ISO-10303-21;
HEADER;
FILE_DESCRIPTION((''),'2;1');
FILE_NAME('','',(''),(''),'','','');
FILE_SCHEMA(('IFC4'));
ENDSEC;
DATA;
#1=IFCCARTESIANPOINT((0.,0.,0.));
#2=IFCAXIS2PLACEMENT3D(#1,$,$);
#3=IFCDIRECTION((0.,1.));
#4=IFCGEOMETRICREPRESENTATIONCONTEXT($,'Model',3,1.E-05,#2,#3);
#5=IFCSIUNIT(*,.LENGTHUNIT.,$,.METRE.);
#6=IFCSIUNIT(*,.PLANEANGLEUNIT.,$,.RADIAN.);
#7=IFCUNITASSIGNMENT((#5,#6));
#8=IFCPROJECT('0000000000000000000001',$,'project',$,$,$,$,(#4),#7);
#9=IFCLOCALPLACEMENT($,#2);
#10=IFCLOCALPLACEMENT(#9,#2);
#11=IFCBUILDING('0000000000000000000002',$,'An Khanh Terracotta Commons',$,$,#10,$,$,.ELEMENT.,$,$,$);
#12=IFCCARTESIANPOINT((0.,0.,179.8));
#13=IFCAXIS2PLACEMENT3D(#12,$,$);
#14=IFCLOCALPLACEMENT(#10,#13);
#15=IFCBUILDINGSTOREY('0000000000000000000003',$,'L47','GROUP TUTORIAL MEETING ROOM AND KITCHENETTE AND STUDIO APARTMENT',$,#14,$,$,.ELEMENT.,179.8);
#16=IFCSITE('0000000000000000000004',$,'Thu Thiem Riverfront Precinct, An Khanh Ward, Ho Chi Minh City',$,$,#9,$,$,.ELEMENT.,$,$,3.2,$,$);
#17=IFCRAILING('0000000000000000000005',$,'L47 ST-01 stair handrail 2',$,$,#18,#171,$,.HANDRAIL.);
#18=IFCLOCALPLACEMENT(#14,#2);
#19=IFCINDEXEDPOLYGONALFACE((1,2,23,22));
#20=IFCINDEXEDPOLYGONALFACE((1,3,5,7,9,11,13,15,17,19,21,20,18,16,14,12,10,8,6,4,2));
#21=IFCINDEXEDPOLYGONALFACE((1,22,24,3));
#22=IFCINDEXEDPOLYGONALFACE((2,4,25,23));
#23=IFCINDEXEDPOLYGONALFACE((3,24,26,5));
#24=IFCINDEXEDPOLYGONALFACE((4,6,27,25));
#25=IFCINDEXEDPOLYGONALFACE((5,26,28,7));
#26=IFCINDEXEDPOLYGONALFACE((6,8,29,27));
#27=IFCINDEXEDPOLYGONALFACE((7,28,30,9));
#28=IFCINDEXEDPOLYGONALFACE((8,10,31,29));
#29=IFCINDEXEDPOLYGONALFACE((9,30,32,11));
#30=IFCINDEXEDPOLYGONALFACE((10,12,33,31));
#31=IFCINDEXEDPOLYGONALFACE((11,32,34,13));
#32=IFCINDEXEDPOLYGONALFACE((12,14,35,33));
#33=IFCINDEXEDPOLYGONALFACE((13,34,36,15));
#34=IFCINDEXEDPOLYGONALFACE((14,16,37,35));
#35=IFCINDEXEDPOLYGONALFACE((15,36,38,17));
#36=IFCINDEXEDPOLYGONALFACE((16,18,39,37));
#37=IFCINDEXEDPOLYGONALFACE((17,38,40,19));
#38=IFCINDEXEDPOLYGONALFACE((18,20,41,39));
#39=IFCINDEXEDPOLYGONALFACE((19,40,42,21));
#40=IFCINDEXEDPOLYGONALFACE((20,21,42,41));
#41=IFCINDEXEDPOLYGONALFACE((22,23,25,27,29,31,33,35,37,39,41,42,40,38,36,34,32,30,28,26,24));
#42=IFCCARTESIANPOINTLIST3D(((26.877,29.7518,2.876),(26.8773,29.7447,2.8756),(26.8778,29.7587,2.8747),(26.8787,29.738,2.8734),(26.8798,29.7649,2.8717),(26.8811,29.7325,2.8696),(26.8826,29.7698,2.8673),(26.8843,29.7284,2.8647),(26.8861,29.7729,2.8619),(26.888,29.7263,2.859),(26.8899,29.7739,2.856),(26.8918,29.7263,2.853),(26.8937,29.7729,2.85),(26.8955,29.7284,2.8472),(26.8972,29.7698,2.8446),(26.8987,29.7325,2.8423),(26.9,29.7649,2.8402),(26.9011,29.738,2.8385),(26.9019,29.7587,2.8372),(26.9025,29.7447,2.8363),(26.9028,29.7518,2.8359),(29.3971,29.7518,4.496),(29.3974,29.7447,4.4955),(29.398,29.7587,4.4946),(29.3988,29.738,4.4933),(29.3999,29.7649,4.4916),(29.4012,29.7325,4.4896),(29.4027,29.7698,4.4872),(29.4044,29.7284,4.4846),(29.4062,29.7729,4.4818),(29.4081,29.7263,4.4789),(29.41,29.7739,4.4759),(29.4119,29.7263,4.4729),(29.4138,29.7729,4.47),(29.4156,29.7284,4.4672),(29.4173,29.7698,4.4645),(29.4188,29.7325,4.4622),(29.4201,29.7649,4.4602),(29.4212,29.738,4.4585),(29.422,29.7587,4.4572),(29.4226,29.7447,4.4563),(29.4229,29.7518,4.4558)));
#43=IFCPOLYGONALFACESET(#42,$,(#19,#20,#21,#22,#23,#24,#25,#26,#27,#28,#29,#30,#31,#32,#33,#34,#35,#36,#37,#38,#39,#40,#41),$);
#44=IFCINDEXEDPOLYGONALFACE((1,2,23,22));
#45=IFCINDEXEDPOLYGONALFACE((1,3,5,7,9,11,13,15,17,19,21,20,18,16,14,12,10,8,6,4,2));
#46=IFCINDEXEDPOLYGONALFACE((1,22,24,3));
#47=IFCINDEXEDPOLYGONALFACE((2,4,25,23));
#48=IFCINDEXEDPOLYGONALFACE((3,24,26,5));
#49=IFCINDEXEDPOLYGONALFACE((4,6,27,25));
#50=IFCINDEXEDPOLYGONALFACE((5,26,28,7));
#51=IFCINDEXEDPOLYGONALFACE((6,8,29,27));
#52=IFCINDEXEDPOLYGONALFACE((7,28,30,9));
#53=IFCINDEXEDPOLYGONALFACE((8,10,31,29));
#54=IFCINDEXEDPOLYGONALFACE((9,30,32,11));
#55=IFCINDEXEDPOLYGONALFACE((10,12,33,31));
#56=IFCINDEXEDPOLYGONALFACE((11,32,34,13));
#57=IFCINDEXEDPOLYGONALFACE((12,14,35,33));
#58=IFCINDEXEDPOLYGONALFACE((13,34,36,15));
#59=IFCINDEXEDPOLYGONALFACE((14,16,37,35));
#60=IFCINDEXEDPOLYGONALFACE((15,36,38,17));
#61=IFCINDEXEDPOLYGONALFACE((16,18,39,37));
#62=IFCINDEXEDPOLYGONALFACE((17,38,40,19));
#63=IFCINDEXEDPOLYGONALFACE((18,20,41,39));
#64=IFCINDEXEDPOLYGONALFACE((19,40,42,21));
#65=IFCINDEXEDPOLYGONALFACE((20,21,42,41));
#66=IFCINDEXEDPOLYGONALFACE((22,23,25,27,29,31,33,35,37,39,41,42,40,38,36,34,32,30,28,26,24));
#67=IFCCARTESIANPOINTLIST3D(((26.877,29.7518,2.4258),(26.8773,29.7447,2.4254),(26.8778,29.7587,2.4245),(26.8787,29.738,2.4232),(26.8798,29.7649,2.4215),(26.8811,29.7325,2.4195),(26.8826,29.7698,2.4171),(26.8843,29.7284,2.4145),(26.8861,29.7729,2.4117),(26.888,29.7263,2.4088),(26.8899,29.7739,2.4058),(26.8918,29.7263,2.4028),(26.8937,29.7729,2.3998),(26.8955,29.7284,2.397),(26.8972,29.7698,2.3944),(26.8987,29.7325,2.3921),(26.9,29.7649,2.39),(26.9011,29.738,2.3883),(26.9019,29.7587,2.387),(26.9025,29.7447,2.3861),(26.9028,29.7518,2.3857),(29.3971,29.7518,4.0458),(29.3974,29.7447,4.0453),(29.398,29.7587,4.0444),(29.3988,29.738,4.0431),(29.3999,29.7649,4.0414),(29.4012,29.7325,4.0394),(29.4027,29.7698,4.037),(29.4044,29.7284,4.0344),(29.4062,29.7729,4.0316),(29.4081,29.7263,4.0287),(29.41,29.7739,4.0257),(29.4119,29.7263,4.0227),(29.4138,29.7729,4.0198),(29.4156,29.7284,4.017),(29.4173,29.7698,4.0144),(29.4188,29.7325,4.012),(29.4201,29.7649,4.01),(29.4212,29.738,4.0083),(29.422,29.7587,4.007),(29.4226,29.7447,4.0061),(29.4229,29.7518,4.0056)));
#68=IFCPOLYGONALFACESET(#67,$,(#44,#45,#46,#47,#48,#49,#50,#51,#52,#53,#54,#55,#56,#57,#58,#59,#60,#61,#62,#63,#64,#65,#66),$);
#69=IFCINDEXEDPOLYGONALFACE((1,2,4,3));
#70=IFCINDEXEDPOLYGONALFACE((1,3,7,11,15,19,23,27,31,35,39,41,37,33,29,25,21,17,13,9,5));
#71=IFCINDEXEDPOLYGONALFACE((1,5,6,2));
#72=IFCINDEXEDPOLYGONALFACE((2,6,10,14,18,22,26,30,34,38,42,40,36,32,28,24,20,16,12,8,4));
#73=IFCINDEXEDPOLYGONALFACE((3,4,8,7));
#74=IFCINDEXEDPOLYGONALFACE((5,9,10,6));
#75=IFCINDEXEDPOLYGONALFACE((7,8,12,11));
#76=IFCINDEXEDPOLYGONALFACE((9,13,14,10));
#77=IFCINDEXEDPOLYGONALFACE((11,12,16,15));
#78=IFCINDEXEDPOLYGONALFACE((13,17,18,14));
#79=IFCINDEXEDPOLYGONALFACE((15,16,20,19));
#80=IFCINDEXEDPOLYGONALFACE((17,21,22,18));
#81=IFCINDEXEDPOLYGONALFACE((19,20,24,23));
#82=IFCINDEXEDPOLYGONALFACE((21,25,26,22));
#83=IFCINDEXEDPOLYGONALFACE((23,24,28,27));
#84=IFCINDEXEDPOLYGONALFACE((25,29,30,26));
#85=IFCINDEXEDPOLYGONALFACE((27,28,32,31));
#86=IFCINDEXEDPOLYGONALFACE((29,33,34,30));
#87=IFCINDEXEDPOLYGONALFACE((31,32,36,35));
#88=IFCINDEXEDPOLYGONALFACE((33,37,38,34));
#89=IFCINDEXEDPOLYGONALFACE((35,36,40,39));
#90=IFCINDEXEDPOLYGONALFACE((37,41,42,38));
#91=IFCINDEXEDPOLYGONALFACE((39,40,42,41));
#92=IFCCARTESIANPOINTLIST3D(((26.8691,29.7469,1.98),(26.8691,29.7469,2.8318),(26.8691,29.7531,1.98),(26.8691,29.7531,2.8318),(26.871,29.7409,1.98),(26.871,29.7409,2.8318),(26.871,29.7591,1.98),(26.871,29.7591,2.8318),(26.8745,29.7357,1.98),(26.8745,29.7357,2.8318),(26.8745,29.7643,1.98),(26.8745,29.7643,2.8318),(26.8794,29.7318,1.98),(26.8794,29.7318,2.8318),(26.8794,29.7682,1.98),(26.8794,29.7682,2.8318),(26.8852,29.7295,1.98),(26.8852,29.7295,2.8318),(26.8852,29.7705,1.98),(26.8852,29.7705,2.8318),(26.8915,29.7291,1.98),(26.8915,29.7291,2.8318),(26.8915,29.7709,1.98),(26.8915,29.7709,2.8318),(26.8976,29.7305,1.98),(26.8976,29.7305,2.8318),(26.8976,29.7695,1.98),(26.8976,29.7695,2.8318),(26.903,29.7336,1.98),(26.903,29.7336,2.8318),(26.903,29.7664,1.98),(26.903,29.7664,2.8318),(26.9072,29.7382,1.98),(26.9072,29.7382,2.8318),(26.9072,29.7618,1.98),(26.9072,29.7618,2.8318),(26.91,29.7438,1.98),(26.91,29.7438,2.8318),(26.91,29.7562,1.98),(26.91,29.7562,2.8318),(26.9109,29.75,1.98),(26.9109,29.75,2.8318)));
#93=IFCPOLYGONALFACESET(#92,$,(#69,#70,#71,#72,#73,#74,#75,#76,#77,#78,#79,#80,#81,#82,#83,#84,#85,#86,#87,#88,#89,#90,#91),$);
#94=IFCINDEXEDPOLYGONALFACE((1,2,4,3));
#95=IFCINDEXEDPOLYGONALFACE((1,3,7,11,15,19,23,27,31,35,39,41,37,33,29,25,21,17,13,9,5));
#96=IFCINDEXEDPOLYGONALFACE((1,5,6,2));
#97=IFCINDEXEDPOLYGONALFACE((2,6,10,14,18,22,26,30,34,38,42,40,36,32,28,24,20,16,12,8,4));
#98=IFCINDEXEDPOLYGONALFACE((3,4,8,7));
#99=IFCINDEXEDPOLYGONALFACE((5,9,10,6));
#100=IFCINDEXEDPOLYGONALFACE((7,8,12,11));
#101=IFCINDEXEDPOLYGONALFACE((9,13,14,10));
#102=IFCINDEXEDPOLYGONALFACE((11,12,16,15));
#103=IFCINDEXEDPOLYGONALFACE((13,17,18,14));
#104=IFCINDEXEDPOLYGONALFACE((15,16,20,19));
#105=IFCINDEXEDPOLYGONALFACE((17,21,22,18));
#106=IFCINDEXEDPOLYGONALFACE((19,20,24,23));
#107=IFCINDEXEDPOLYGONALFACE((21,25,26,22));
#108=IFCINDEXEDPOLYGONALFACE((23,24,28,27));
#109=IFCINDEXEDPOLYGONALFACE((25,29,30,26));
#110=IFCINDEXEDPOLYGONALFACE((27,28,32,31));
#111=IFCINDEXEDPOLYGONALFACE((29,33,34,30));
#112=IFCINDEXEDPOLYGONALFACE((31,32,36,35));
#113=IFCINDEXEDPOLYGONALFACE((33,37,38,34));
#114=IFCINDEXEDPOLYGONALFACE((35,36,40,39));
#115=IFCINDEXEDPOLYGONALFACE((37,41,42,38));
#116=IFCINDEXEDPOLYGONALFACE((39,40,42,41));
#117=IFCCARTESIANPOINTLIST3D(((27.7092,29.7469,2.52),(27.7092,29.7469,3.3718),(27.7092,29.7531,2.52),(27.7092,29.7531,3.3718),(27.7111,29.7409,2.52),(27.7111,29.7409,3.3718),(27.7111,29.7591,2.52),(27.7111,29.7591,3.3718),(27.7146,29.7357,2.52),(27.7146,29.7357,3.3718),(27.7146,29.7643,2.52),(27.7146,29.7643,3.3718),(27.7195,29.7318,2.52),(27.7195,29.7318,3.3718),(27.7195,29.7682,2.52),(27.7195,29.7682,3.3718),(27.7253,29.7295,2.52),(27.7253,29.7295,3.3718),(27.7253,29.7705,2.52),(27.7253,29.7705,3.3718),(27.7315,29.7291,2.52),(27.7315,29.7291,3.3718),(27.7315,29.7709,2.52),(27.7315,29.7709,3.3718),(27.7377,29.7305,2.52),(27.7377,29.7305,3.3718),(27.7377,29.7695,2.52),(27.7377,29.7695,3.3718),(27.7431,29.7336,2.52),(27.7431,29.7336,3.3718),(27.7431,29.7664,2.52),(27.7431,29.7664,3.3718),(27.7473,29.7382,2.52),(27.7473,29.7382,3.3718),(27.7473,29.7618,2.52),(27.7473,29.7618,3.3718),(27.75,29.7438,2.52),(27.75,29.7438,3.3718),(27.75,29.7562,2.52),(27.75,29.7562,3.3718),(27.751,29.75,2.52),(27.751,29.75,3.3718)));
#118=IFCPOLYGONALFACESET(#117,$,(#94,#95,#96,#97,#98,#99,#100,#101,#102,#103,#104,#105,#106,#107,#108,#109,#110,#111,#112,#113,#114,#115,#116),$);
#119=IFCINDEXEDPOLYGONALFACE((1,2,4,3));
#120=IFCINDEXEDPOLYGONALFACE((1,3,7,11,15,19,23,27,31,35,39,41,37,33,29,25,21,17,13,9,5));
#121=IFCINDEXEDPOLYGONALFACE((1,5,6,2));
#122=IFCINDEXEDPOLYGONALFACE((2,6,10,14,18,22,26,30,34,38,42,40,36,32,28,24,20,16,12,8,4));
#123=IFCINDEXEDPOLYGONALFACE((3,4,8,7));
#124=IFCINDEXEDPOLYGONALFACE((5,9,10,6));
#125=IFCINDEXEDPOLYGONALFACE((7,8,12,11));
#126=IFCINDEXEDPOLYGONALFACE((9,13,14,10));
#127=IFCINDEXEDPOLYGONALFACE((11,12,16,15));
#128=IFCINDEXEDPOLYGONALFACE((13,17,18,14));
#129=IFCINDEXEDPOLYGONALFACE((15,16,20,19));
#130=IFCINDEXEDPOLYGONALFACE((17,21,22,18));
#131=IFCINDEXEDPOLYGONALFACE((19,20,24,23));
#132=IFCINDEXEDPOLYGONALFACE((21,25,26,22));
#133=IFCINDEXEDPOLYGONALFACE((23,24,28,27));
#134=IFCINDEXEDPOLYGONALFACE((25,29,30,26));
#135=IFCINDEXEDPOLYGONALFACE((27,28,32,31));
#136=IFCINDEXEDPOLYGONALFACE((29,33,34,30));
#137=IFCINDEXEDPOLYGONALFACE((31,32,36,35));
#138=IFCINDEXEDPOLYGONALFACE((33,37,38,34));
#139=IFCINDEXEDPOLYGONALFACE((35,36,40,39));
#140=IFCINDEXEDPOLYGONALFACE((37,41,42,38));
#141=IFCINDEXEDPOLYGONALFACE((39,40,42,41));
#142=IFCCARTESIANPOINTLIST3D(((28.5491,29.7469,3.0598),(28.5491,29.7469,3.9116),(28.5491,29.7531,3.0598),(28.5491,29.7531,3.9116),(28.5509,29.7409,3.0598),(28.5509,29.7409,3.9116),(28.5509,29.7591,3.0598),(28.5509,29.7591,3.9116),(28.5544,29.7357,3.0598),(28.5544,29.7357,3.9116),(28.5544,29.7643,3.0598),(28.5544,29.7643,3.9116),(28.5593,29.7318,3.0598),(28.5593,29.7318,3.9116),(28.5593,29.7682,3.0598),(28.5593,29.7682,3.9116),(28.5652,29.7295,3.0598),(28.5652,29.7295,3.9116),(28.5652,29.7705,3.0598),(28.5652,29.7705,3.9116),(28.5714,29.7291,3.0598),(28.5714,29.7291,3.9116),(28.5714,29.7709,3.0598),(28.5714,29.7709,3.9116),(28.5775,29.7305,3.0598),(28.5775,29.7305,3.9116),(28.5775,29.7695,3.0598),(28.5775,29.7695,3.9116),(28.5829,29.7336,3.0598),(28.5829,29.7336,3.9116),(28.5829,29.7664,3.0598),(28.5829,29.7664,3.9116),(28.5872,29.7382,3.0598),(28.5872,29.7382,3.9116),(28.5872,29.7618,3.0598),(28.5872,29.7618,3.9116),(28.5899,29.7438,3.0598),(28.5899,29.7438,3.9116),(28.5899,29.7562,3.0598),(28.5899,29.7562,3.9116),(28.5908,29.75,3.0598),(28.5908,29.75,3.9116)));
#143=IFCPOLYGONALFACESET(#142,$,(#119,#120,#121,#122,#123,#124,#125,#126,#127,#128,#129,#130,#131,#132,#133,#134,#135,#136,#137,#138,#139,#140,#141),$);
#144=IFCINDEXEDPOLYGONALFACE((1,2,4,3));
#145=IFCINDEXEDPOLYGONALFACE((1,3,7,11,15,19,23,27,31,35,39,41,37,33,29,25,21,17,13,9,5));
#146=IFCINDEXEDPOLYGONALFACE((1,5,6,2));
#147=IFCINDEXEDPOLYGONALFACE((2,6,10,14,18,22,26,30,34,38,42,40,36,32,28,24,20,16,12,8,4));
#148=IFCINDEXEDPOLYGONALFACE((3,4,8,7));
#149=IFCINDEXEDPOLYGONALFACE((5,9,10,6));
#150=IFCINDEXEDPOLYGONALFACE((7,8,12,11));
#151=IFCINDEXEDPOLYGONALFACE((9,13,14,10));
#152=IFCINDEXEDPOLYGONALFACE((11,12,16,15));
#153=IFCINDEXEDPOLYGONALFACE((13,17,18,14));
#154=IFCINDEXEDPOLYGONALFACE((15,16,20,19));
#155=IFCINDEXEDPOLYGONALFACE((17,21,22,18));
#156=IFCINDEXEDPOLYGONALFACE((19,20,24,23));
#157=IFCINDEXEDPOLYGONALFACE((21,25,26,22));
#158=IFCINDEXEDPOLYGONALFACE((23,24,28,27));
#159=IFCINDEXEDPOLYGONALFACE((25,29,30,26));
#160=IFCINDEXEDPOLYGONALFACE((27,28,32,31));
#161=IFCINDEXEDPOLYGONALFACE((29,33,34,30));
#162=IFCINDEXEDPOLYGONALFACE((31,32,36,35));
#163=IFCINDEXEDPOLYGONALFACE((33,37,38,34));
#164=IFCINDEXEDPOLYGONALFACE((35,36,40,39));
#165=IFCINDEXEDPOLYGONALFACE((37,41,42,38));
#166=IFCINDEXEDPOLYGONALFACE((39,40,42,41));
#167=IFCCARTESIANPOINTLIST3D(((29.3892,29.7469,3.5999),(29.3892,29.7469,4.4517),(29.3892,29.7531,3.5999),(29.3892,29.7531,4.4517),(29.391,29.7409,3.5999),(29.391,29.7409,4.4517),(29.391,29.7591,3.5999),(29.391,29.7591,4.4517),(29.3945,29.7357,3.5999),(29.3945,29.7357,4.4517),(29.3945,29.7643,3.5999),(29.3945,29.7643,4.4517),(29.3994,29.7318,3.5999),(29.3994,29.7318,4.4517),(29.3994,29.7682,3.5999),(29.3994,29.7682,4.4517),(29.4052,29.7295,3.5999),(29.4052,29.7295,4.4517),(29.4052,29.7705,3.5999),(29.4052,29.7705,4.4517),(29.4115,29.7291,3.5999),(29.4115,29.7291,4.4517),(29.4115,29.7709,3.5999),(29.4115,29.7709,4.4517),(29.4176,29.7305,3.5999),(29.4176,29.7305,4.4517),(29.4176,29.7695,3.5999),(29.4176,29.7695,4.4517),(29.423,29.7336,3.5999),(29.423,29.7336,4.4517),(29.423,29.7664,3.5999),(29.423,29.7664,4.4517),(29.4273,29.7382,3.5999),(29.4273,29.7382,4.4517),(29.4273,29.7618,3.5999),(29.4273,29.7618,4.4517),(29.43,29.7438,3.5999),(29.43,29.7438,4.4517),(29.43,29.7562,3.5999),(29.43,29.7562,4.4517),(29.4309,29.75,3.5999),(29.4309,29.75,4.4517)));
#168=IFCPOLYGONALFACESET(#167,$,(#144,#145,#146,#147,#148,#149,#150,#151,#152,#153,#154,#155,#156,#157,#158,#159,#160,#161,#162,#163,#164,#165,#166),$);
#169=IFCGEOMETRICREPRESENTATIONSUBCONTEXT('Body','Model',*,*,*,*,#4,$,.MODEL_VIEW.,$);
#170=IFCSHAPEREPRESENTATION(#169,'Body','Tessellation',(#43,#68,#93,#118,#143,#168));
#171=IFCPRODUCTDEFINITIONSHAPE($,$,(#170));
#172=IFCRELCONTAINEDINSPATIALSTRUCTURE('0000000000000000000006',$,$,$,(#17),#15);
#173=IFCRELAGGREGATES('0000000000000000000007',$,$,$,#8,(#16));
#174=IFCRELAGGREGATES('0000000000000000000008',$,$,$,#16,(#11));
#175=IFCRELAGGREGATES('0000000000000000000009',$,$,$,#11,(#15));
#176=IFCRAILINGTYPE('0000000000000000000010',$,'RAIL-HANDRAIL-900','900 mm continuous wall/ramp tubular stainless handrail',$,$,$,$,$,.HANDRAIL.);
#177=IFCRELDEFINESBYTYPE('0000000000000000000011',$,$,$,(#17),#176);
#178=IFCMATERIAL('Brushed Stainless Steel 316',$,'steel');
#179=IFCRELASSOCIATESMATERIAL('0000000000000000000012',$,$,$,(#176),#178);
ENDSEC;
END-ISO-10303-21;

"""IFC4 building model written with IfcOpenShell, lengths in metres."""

from ifc_helpers import new_model, si_unit, direction, frame, origin, origin_2d, place, context, subcontext, project, spatial, circle, extrude, material, type_object, element, save


model = new_model("IFC4")

# Units and contexts
model_context = context("Model", 3, precision=1e-05, world=origin(), true_north=direction((0.0, 1.0)))
body_context = subcontext(model_context, "Body", "Model", "MODEL_VIEW")
ifc_project = project(units=[si_unit("LENGTHUNIT", "METRE"), si_unit("PLANEANGLEUNIT", "RADIAN")], contexts=[model_context])

# Site, building, storey
site_placement = place(None, origin())
site = spatial("IfcSite", under=ifc_project, at=site_placement, Name="Thu Thiem Riverfront Precinct, An Khanh Ward, Ho Chi Minh City", CompositionType="ELEMENT", RefElevation=3.2)
building_placement = place(site_placement, origin())
building = spatial("IfcBuilding", under=site, at=building_placement, Name="An Khanh Terracotta Commons", CompositionType="ELEMENT")
storey_placement = place(building_placement, frame((0.0, 0.0, 179.8)))
storey = spatial("IfcBuildingStorey", under=building, at=storey_placement, Name="L47", Description="GROUP TUTORIAL MEETING ROOM AND KITCHENETTE AND STUDIO APARTMENT", CompositionType="ELEMENT", Elevation=179.8)

# Railing
ifc_material_1 = material(Name="Brushed Stainless Steel 316", Category="steel")
railing_type_1 = type_object("IfcRailingType", Name="RAIL-HANDRAIL-900", Description="900 mm continuous wall/ramp tubular stainless handrail", PredefinedType="HANDRAIL", material=ifc_material_1)
railing_1_placement = place(storey_placement, frame((26.8899, 29.75, 1.98)))
element("IfcRailing", 1, at=railing_1_placement, inside=storey, type_object=railing_type_1, Name="L47 ST-01 stair handrail 2", PredefinedType="HANDRAIL", context=body_context, shape_type="SweptSolid", body=[
    extrude(circle(Radius=0.0239, at=origin_2d()), frame((0.0, 0.0, 0.876), z_axis=(0.8412, 0.0, 0.540725), x_axis=(0.0, 1.0, 0.0)), (0.0, 0.0, 1.0), 2.9958),
    extrude(circle(Radius=0.0239, at=origin_2d()), frame((0.0, 0.0, 0.4258), z_axis=(0.8412, 0.0, 0.540725), x_axis=(0.0, 1.0, 0.0)), (0.0, 0.0, 1.0), 2.9958),
    extrude(circle(Radius=0.021, at=origin_2d()), origin(), (0.0, 0.0, 1.0), 0.8518),
    extrude(circle(Radius=0.021, at=origin_2d()), frame((0.8401, 0.0, 0.54)), (0.0, 0.0, 1.0), 0.8518),
    extrude(circle(Radius=0.021, at=origin_2d()), frame((1.6799, 0.0, 1.0798)), (0.0, 0.0, 1.0), 0.8518),
    extrude(circle(Radius=0.021, at=origin_2d()), frame((2.52, 0.0, 1.6199)), (0.0, 0.0, 1.0), 0.8518),
])

save(model, "model.ifc")
